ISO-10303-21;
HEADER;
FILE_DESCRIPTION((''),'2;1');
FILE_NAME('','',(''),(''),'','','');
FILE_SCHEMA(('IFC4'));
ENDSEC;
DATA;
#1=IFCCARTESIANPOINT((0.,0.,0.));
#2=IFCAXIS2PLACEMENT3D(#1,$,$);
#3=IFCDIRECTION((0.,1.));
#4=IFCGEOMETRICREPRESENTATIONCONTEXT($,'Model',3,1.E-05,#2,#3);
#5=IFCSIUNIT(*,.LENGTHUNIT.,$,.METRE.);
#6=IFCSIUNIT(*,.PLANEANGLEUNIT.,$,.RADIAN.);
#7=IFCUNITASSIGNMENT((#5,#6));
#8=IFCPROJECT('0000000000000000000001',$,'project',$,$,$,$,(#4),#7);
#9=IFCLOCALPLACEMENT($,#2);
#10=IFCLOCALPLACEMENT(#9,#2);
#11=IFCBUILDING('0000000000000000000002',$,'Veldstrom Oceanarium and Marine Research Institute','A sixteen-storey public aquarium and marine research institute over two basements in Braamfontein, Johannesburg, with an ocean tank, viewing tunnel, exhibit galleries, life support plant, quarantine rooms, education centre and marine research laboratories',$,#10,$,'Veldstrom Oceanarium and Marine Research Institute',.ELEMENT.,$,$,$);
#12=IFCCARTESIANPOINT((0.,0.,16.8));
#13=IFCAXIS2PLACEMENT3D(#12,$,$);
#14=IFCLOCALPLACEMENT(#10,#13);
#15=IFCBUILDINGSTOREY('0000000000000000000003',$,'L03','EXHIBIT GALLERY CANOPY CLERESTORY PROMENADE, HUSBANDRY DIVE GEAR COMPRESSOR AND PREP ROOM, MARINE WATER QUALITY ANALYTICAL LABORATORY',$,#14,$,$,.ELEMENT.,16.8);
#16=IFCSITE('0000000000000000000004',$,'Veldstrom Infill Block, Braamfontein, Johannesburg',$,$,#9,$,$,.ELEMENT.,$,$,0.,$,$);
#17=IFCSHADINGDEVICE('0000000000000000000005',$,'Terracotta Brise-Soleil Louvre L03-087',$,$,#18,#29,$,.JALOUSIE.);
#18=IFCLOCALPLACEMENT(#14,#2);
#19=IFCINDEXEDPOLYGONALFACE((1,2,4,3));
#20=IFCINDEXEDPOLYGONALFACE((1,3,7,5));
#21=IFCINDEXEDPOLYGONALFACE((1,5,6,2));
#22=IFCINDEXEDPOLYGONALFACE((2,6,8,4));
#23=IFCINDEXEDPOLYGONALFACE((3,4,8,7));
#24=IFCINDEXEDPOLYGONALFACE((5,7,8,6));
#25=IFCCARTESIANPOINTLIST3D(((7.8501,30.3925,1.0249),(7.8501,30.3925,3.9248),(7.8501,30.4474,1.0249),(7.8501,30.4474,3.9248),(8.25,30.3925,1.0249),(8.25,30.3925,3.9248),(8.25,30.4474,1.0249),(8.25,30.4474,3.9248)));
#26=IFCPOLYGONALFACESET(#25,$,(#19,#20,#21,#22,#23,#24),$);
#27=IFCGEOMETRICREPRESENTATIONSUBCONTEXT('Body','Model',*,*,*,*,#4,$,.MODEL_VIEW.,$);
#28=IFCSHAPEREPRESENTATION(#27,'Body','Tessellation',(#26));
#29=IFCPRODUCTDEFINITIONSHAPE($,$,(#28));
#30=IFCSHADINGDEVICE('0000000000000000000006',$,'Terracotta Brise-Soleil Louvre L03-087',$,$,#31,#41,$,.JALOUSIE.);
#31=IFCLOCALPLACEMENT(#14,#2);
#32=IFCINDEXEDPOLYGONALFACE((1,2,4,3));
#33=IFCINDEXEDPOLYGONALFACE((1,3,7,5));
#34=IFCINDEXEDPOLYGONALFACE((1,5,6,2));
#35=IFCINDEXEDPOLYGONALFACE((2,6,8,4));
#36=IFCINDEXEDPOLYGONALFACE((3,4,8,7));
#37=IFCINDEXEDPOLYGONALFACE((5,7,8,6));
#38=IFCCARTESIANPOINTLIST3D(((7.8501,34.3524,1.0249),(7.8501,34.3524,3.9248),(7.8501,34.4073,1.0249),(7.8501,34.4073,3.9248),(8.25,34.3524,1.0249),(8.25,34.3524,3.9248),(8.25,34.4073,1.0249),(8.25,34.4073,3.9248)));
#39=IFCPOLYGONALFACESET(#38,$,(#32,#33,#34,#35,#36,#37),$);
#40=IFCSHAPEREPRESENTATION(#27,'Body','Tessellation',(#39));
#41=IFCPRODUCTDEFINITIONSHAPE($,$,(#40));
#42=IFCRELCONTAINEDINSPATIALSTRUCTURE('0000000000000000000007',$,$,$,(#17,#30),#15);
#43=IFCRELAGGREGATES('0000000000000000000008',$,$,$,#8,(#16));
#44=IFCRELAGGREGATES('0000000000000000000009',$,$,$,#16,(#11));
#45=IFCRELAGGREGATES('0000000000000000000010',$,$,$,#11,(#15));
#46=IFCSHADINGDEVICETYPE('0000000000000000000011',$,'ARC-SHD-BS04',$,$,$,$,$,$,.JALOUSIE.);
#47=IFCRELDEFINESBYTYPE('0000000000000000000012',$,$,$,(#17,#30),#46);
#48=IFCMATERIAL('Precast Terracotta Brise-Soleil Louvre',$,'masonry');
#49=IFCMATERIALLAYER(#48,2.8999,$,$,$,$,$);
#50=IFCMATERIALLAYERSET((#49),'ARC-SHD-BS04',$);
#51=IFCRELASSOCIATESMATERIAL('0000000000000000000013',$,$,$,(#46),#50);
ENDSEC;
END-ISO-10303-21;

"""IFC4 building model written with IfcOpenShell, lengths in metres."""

from ifc_helpers import new_model, si_unit, direction, frame, origin, origin_2d, place, context, subcontext, project, spatial, rectangle, extrude, material, layer, layer_set, type_object, element, save


model = new_model("IFC4")

# Units and contexts
model_context = context("Model", 3, precision=1e-05, world=origin(), true_north=direction((0.0, 1.0)))
body_context = subcontext(model_context, "Body", "Model", "MODEL_VIEW")
ifc_project = project(units=[si_unit("LENGTHUNIT", "METRE"), si_unit("PLANEANGLEUNIT", "RADIAN")], contexts=[model_context])

# Site, building, storey
site_placement = place(None, origin())
site = spatial("IfcSite", under=ifc_project, at=site_placement, Name="Veldstrom Infill Block, Braamfontein, Johannesburg", CompositionType="ELEMENT", RefElevation=0.0)
building_placement = place(site_placement, origin())
building = spatial("IfcBuilding", under=site, at=building_placement, Name="Veldstrom Oceanarium and Marine Research Institute", Description="A sixteen-storey public aquarium and marine research institute over two basements in Braamfontein, Johannesburg, with an ocean tank, viewing tunnel, exhibit galleries, life support plant, quarantine rooms, education centre and marine research laboratories", LongName="Veldstrom Oceanarium and Marine Research Institute", CompositionType="ELEMENT")
storey_placement = place(building_placement, frame((0.0, 0.0, 16.8)))
storey = spatial("IfcBuildingStorey", under=building, at=storey_placement, Name="L03", Description="EXHIBIT GALLERY CANOPY CLERESTORY PROMENADE, HUSBANDRY DIVE GEAR COMPRESSOR AND PREP ROOM, MARINE WATER QUALITY ANALYTICAL LABORATORY", CompositionType="ELEMENT", Elevation=16.8)

# Shading devices
ifc_material_1 = material(Name="Precast Terracotta Brise-Soleil Louvre", Category="masonry")
ifc_layer_1 = layer(ifc_material_1, 2.8999)
ifc_layer_set_1 = layer_set([ifc_layer_1], Name="ARC-SHD-BS04")
shading_device_type = type_object("IfcShadingDeviceType", Name="ARC-SHD-BS04", PredefinedType="JALOUSIE", material=ifc_layer_set_1)
for number, where, z_axis, x_axis, name in (
    (1, (8.05, 30.4199, 1.0249), (0.0, 0.0, 1.0), (1.0, 0.0, 0.0), "Terracotta Brise-Soleil Louvre L03-087"),
    (2, (8.05, 34.3799, 1.0249), (0.0, 0.0, 1.0), (1.0, 0.0, 0.0), "Terracotta Brise-Soleil Louvre L03-087"),
):
    element("IfcShadingDevice", number, at=place(storey_placement, frame(where, z_axis=z_axis, x_axis=x_axis)), inside=storey, type_object=shading_device_type, Name=name, PredefinedType="JALOUSIE", context=body_context, shape_type="SweptSolid", body=[
        extrude(rectangle(XDim=0.3999, YDim=0.0549, at=origin_2d()), origin(), (0.0, 0.0, 1.0), 2.8999),
    ])

save(model, "model.ifc")
